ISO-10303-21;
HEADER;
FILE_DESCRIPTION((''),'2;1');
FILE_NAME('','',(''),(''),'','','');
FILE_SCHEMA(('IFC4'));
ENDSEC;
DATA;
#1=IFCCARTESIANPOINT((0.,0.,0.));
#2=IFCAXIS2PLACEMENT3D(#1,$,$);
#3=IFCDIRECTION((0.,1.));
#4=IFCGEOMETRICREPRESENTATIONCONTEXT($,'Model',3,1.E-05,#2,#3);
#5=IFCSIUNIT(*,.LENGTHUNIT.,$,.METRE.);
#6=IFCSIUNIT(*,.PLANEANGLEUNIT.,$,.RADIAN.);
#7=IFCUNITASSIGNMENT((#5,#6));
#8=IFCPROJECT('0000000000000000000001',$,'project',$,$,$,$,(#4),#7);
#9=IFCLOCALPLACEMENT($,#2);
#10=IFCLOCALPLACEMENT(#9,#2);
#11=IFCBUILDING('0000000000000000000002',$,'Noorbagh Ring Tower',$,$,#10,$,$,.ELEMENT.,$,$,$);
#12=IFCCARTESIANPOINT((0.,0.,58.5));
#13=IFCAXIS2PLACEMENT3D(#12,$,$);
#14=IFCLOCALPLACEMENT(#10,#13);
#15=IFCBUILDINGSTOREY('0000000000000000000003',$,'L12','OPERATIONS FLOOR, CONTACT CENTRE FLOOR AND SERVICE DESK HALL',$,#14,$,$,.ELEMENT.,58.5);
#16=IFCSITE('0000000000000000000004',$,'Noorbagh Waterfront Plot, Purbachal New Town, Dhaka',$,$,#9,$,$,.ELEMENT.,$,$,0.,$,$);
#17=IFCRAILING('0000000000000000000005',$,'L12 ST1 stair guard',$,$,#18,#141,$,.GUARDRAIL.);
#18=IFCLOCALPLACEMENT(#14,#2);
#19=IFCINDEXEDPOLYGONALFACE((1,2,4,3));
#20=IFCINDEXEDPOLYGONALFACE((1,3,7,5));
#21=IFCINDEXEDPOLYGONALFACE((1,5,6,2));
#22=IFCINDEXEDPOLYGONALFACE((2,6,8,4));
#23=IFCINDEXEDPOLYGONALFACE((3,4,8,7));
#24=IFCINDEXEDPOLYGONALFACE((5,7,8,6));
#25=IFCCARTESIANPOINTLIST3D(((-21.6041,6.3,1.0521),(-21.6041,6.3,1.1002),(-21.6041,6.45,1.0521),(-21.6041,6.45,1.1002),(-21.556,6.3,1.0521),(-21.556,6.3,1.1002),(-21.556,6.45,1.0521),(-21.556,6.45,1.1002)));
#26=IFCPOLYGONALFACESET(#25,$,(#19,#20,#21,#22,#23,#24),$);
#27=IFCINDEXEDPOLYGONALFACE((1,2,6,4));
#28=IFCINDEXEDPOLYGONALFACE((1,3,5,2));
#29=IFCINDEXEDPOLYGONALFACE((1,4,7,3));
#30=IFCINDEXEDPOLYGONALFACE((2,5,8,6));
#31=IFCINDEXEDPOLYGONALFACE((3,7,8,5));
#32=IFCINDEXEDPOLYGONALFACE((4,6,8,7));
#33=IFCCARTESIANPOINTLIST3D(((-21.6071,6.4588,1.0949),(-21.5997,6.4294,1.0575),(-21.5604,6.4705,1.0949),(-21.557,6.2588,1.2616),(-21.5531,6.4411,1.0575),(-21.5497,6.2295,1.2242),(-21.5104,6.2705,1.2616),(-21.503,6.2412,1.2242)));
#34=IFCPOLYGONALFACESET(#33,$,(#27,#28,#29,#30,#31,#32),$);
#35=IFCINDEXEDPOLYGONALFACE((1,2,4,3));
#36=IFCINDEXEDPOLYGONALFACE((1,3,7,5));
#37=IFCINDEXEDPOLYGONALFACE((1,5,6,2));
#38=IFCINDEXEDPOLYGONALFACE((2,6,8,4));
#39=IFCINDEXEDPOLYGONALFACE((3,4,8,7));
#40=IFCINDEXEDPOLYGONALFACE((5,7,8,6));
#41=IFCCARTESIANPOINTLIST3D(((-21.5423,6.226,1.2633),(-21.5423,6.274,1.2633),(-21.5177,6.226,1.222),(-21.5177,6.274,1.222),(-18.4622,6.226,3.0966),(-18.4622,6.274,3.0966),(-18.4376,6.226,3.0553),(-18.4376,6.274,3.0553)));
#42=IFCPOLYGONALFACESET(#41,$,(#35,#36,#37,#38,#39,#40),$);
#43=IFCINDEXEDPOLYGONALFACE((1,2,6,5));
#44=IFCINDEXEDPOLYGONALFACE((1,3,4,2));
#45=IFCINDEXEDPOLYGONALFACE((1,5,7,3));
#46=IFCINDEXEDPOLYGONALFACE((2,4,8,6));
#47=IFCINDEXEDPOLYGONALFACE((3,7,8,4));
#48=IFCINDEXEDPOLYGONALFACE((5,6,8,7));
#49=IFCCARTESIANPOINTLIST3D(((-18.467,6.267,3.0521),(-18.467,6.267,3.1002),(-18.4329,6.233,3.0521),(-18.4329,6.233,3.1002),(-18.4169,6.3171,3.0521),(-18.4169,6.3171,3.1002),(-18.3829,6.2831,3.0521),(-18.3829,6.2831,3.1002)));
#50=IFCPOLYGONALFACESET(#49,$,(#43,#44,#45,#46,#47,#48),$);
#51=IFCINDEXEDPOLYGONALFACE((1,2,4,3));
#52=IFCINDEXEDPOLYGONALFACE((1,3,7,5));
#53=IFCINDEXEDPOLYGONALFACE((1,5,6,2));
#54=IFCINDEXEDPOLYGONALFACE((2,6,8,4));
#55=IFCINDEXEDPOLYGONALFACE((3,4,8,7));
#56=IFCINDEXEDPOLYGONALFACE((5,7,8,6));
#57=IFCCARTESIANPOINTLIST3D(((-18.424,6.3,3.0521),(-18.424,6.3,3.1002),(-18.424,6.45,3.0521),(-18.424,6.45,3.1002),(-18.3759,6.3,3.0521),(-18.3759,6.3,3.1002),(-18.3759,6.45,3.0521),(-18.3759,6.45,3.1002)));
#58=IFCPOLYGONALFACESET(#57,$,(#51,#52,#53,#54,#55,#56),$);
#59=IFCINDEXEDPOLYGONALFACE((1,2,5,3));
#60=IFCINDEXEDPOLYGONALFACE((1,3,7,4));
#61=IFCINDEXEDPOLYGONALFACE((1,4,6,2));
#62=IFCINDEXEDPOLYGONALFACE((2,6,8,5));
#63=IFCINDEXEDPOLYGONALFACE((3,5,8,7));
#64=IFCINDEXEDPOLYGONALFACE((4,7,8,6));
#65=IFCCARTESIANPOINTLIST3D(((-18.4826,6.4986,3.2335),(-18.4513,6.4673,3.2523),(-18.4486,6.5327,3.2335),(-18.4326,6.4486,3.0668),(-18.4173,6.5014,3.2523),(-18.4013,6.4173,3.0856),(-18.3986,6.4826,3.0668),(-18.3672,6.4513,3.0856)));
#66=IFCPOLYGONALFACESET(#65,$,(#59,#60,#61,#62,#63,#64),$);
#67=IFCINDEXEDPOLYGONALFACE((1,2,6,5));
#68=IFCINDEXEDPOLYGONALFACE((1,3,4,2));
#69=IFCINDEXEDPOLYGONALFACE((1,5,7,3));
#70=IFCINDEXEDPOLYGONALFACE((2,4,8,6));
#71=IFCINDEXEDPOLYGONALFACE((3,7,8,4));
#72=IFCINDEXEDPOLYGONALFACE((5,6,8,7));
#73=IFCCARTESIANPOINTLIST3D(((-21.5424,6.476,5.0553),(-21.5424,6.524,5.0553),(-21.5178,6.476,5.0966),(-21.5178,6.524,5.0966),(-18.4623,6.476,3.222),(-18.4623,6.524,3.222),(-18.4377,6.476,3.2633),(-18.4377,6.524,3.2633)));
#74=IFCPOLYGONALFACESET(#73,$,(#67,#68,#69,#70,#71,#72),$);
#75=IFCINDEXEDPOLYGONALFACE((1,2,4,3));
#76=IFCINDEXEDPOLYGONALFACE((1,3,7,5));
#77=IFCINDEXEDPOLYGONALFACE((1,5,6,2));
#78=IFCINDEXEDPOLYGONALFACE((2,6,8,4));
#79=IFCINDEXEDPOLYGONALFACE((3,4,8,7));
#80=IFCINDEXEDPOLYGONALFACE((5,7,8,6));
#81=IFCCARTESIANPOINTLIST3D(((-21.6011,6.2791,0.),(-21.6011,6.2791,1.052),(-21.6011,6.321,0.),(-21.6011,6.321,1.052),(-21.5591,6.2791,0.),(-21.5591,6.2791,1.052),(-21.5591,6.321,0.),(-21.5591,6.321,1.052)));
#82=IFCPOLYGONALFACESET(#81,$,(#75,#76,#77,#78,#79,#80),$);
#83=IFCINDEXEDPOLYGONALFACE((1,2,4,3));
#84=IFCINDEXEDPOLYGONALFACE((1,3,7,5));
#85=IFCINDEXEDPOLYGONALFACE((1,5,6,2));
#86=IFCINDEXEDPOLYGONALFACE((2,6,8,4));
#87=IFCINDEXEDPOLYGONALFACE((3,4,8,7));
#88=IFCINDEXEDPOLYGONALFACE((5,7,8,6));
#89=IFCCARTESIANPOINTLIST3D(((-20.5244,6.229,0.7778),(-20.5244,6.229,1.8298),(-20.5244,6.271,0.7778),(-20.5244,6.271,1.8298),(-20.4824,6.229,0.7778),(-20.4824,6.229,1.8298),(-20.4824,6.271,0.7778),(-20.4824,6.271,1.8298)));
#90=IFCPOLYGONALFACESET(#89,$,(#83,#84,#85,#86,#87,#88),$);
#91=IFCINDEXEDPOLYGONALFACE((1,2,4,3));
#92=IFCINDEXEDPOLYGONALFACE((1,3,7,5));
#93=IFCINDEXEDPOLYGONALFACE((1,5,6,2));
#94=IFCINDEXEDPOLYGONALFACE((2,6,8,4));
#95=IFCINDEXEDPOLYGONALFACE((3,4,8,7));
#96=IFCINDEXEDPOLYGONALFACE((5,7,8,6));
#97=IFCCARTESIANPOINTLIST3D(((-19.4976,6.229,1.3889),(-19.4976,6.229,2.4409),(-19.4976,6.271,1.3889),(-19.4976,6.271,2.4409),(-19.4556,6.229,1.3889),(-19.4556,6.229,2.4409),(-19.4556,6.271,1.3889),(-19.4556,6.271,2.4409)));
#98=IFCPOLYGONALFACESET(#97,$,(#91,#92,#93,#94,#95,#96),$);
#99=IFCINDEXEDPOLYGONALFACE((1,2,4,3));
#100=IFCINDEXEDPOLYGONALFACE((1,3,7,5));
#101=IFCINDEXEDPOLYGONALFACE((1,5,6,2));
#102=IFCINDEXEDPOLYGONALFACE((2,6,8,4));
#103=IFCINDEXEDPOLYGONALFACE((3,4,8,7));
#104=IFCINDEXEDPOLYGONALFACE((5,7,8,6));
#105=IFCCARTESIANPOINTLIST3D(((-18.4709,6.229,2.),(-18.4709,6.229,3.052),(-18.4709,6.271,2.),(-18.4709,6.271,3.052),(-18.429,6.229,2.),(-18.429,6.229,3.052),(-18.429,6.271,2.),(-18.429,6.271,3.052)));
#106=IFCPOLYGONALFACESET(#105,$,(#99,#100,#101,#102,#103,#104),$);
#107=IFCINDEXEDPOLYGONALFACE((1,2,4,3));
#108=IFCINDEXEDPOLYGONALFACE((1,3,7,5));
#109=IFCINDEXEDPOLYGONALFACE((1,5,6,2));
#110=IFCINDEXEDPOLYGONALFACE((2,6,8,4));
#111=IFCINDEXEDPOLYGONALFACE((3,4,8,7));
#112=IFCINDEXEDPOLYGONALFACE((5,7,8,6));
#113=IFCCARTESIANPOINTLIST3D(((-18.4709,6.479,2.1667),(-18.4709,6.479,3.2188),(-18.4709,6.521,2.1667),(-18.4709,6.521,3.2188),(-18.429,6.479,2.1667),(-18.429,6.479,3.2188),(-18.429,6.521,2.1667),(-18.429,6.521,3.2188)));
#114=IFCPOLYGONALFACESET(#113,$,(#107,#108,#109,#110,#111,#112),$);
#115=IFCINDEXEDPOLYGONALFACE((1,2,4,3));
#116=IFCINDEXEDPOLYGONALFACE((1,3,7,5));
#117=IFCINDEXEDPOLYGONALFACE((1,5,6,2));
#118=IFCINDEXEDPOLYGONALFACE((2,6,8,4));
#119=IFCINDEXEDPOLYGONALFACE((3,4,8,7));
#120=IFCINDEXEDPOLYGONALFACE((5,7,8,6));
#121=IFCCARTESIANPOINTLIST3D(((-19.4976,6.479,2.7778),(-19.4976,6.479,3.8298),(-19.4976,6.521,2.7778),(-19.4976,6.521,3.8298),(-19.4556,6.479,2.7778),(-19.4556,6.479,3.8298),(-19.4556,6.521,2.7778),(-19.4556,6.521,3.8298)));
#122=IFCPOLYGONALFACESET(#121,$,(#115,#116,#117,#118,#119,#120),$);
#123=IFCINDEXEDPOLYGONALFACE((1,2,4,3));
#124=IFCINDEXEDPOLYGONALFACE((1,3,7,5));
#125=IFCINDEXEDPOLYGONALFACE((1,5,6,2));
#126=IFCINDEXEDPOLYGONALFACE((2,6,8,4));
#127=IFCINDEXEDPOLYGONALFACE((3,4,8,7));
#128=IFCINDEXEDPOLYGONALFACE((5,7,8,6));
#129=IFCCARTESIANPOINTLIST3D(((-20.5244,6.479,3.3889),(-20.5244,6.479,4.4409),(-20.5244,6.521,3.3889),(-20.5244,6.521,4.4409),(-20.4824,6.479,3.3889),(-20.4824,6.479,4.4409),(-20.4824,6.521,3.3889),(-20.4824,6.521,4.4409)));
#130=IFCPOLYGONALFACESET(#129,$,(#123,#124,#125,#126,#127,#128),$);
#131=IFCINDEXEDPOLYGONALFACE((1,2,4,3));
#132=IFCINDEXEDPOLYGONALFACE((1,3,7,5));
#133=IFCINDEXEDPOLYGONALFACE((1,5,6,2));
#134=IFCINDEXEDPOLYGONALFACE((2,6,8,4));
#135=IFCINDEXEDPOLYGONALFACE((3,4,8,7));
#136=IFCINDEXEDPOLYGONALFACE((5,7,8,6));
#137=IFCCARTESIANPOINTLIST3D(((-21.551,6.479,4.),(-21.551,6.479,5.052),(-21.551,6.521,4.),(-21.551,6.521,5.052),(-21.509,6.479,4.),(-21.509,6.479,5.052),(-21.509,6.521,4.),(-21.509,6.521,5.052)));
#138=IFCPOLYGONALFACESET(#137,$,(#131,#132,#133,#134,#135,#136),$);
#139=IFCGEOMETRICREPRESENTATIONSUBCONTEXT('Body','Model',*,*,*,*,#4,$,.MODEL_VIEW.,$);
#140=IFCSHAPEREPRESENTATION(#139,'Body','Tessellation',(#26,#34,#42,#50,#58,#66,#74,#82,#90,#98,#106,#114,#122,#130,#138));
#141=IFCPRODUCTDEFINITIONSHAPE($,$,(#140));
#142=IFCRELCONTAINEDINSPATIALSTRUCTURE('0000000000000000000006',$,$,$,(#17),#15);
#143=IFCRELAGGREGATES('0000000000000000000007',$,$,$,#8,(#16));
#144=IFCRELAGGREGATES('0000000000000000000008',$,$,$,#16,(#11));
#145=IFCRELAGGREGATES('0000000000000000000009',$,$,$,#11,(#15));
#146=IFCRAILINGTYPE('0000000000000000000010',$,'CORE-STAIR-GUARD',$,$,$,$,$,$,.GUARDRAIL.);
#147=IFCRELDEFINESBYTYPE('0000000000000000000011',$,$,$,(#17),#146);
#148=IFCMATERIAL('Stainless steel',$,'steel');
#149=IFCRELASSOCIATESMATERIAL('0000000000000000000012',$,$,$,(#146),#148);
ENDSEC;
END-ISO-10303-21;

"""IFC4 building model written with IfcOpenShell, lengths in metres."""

from ifc_helpers import new_model, si_unit, direction, frame, origin, origin_2d, place, context, subcontext, project, spatial, rectangle, extrude, material, type_object, element, save


model = new_model("IFC4")

# Units and contexts
model_context = context("Model", 3, precision=1e-05, world=origin(), true_north=direction((0.0, 1.0)))
body_context = subcontext(model_context, "Body", "Model", "MODEL_VIEW")
ifc_project = project(units=[si_unit("LENGTHUNIT", "METRE"), si_unit("PLANEANGLEUNIT", "RADIAN")], contexts=[model_context])

# Site, building, storey
site_placement = place(None, origin())
site = spatial("IfcSite", under=ifc_project, at=site_placement, Name="Noorbagh Waterfront Plot, Purbachal New Town, Dhaka", CompositionType="ELEMENT", RefElevation=0.0)
building_placement = place(site_placement, origin())
building = spatial("IfcBuilding", under=site, at=building_placement, Name="Noorbagh Ring Tower", CompositionType="ELEMENT")
storey_placement = place(building_placement, frame((0.0, 0.0, 58.5)))
storey = spatial("IfcBuildingStorey", under=building, at=storey_placement, Name="L12", Description="OPERATIONS FLOOR, CONTACT CENTRE FLOOR AND SERVICE DESK HALL", CompositionType="ELEMENT", Elevation=58.5)

# Railing
ifc_material_1 = material(Name="Stainless steel", Category="steel")
railing_type_1 = type_object("IfcRailingType", Name="CORE-STAIR-GUARD", PredefinedType="GUARDRAIL", material=ifc_material_1)
railing_1_placement = place(storey_placement, frame((-21.5801, 6.3, 0.0)))
element("IfcRailing", 1, at=railing_1_placement, inside=storey, type_object=railing_type_1, Name="L12 ST1 stair guard", PredefinedType="GUARDRAIL", context=body_context, shape_type="SweptSolid", body=[
    extrude(rectangle(XDim=0.0481, YDim=0.0481, at=origin_2d()), frame((0.0, 0.0, 1.0762), z_axis=(0.0, 1.0, 0.0), x_axis=(-1.0, 0.0, 0.0)), (0.0, 0.0, 1.0), 0.1499),
    extrude(rectangle(XDim=0.0481, YDim=0.0481, at=origin_2d()), frame((0.0, 0.1499, 1.0762), z_axis=(0.188776, -0.754182, 0.628946), x_axis=(0.970073, 0.242814, 0.0)), (0.0, 0.0, 1.0), 0.2651),
    extrude(rectangle(XDim=0.0481, YDim=0.0481, at=origin_2d()), frame((0.05, -0.05, 1.2427), z_axis=(0.859309, 0.0, 0.511458), x_axis=(0.0, 1.0, 0.0)), (0.0, 0.0, 1.0), 3.5845),
    extrude(rectangle(XDim=0.0481, YDim=0.0481, at=origin_2d()), frame((3.1301, -0.05, 3.0762), z_axis=(0.707107, 0.707107, 0.0), x_axis=(-0.707107, 0.707107, 0.0)), (0.0, 0.0, 1.0), 0.0708),
    extrude(rectangle(XDim=0.0481, YDim=0.0481, at=origin_2d()), frame((3.1802, 0.0, 3.0762), z_axis=(0.0, 1.0, 0.0), x_axis=(-1.0, 0.0, 0.0)), (0.0, 0.0, 1.0), 0.1499),
    extrude(rectangle(XDim=0.0481, YDim=0.0481, at=origin_2d()), frame((3.1802, 0.1499, 3.0762), z_axis=(-0.276287, 0.276287, 0.920506), x_axis=(-0.707107, -0.707107, 0.0)), (0.0, 0.0, 1.0), 0.1812),
    extrude(rectangle(XDim=0.0481, YDim=0.0481, at=origin_2d()), frame((3.1301, 0.2, 3.2427), z_axis=(-0.859309, 0.0, 0.511458), x_axis=(0.0, -1.0, 0.0)), (0.0, 0.0, 1.0), 3.5845),
    extrude(rectangle(XDim=0.042, YDim=0.042, at=origin_2d()), origin(), (0.0, 0.0, 1.0), 1.052),
    extrude(rectangle(XDim=0.042, YDim=0.042, at=origin_2d()), frame((1.0767, -0.05, 0.7778)), (0.0, 0.0, 1.0), 1.052),
    extrude(rectangle(XDim=0.042, YDim=0.042, at=origin_2d()), frame((2.1035, -0.05, 1.3889)), (0.0, 0.0, 1.0), 1.052),
    extrude(rectangle(XDim=0.042, YDim=0.042, at=origin_2d()), frame((3.1301, -0.05, 2.0)), (0.0, 0.0, 1.0), 1.052),
    extrude(rectangle(XDim=0.042, YDim=0.042, at=origin_2d()), frame((3.1301, 0.2, 2.1667)), (0.0, 0.0, 1.0), 1.052),
    extrude(rectangle(XDim=0.042, YDim=0.042, at=origin_2d()), frame((2.1035, 0.2, 2.7778)), (0.0, 0.0, 1.0), 1.052),
    extrude(rectangle(XDim=0.042, YDim=0.042, at=origin_2d()), frame((1.0767, 0.2, 3.3889)), (0.0, 0.0, 1.0), 1.052),
    extrude(rectangle(XDim=0.042, YDim=0.042, at=origin_2d()), frame((0.05, 0.2, 4.0)), (0.0, 0.0, 1.0), 1.052),
])

save(model, "model.ifc")
